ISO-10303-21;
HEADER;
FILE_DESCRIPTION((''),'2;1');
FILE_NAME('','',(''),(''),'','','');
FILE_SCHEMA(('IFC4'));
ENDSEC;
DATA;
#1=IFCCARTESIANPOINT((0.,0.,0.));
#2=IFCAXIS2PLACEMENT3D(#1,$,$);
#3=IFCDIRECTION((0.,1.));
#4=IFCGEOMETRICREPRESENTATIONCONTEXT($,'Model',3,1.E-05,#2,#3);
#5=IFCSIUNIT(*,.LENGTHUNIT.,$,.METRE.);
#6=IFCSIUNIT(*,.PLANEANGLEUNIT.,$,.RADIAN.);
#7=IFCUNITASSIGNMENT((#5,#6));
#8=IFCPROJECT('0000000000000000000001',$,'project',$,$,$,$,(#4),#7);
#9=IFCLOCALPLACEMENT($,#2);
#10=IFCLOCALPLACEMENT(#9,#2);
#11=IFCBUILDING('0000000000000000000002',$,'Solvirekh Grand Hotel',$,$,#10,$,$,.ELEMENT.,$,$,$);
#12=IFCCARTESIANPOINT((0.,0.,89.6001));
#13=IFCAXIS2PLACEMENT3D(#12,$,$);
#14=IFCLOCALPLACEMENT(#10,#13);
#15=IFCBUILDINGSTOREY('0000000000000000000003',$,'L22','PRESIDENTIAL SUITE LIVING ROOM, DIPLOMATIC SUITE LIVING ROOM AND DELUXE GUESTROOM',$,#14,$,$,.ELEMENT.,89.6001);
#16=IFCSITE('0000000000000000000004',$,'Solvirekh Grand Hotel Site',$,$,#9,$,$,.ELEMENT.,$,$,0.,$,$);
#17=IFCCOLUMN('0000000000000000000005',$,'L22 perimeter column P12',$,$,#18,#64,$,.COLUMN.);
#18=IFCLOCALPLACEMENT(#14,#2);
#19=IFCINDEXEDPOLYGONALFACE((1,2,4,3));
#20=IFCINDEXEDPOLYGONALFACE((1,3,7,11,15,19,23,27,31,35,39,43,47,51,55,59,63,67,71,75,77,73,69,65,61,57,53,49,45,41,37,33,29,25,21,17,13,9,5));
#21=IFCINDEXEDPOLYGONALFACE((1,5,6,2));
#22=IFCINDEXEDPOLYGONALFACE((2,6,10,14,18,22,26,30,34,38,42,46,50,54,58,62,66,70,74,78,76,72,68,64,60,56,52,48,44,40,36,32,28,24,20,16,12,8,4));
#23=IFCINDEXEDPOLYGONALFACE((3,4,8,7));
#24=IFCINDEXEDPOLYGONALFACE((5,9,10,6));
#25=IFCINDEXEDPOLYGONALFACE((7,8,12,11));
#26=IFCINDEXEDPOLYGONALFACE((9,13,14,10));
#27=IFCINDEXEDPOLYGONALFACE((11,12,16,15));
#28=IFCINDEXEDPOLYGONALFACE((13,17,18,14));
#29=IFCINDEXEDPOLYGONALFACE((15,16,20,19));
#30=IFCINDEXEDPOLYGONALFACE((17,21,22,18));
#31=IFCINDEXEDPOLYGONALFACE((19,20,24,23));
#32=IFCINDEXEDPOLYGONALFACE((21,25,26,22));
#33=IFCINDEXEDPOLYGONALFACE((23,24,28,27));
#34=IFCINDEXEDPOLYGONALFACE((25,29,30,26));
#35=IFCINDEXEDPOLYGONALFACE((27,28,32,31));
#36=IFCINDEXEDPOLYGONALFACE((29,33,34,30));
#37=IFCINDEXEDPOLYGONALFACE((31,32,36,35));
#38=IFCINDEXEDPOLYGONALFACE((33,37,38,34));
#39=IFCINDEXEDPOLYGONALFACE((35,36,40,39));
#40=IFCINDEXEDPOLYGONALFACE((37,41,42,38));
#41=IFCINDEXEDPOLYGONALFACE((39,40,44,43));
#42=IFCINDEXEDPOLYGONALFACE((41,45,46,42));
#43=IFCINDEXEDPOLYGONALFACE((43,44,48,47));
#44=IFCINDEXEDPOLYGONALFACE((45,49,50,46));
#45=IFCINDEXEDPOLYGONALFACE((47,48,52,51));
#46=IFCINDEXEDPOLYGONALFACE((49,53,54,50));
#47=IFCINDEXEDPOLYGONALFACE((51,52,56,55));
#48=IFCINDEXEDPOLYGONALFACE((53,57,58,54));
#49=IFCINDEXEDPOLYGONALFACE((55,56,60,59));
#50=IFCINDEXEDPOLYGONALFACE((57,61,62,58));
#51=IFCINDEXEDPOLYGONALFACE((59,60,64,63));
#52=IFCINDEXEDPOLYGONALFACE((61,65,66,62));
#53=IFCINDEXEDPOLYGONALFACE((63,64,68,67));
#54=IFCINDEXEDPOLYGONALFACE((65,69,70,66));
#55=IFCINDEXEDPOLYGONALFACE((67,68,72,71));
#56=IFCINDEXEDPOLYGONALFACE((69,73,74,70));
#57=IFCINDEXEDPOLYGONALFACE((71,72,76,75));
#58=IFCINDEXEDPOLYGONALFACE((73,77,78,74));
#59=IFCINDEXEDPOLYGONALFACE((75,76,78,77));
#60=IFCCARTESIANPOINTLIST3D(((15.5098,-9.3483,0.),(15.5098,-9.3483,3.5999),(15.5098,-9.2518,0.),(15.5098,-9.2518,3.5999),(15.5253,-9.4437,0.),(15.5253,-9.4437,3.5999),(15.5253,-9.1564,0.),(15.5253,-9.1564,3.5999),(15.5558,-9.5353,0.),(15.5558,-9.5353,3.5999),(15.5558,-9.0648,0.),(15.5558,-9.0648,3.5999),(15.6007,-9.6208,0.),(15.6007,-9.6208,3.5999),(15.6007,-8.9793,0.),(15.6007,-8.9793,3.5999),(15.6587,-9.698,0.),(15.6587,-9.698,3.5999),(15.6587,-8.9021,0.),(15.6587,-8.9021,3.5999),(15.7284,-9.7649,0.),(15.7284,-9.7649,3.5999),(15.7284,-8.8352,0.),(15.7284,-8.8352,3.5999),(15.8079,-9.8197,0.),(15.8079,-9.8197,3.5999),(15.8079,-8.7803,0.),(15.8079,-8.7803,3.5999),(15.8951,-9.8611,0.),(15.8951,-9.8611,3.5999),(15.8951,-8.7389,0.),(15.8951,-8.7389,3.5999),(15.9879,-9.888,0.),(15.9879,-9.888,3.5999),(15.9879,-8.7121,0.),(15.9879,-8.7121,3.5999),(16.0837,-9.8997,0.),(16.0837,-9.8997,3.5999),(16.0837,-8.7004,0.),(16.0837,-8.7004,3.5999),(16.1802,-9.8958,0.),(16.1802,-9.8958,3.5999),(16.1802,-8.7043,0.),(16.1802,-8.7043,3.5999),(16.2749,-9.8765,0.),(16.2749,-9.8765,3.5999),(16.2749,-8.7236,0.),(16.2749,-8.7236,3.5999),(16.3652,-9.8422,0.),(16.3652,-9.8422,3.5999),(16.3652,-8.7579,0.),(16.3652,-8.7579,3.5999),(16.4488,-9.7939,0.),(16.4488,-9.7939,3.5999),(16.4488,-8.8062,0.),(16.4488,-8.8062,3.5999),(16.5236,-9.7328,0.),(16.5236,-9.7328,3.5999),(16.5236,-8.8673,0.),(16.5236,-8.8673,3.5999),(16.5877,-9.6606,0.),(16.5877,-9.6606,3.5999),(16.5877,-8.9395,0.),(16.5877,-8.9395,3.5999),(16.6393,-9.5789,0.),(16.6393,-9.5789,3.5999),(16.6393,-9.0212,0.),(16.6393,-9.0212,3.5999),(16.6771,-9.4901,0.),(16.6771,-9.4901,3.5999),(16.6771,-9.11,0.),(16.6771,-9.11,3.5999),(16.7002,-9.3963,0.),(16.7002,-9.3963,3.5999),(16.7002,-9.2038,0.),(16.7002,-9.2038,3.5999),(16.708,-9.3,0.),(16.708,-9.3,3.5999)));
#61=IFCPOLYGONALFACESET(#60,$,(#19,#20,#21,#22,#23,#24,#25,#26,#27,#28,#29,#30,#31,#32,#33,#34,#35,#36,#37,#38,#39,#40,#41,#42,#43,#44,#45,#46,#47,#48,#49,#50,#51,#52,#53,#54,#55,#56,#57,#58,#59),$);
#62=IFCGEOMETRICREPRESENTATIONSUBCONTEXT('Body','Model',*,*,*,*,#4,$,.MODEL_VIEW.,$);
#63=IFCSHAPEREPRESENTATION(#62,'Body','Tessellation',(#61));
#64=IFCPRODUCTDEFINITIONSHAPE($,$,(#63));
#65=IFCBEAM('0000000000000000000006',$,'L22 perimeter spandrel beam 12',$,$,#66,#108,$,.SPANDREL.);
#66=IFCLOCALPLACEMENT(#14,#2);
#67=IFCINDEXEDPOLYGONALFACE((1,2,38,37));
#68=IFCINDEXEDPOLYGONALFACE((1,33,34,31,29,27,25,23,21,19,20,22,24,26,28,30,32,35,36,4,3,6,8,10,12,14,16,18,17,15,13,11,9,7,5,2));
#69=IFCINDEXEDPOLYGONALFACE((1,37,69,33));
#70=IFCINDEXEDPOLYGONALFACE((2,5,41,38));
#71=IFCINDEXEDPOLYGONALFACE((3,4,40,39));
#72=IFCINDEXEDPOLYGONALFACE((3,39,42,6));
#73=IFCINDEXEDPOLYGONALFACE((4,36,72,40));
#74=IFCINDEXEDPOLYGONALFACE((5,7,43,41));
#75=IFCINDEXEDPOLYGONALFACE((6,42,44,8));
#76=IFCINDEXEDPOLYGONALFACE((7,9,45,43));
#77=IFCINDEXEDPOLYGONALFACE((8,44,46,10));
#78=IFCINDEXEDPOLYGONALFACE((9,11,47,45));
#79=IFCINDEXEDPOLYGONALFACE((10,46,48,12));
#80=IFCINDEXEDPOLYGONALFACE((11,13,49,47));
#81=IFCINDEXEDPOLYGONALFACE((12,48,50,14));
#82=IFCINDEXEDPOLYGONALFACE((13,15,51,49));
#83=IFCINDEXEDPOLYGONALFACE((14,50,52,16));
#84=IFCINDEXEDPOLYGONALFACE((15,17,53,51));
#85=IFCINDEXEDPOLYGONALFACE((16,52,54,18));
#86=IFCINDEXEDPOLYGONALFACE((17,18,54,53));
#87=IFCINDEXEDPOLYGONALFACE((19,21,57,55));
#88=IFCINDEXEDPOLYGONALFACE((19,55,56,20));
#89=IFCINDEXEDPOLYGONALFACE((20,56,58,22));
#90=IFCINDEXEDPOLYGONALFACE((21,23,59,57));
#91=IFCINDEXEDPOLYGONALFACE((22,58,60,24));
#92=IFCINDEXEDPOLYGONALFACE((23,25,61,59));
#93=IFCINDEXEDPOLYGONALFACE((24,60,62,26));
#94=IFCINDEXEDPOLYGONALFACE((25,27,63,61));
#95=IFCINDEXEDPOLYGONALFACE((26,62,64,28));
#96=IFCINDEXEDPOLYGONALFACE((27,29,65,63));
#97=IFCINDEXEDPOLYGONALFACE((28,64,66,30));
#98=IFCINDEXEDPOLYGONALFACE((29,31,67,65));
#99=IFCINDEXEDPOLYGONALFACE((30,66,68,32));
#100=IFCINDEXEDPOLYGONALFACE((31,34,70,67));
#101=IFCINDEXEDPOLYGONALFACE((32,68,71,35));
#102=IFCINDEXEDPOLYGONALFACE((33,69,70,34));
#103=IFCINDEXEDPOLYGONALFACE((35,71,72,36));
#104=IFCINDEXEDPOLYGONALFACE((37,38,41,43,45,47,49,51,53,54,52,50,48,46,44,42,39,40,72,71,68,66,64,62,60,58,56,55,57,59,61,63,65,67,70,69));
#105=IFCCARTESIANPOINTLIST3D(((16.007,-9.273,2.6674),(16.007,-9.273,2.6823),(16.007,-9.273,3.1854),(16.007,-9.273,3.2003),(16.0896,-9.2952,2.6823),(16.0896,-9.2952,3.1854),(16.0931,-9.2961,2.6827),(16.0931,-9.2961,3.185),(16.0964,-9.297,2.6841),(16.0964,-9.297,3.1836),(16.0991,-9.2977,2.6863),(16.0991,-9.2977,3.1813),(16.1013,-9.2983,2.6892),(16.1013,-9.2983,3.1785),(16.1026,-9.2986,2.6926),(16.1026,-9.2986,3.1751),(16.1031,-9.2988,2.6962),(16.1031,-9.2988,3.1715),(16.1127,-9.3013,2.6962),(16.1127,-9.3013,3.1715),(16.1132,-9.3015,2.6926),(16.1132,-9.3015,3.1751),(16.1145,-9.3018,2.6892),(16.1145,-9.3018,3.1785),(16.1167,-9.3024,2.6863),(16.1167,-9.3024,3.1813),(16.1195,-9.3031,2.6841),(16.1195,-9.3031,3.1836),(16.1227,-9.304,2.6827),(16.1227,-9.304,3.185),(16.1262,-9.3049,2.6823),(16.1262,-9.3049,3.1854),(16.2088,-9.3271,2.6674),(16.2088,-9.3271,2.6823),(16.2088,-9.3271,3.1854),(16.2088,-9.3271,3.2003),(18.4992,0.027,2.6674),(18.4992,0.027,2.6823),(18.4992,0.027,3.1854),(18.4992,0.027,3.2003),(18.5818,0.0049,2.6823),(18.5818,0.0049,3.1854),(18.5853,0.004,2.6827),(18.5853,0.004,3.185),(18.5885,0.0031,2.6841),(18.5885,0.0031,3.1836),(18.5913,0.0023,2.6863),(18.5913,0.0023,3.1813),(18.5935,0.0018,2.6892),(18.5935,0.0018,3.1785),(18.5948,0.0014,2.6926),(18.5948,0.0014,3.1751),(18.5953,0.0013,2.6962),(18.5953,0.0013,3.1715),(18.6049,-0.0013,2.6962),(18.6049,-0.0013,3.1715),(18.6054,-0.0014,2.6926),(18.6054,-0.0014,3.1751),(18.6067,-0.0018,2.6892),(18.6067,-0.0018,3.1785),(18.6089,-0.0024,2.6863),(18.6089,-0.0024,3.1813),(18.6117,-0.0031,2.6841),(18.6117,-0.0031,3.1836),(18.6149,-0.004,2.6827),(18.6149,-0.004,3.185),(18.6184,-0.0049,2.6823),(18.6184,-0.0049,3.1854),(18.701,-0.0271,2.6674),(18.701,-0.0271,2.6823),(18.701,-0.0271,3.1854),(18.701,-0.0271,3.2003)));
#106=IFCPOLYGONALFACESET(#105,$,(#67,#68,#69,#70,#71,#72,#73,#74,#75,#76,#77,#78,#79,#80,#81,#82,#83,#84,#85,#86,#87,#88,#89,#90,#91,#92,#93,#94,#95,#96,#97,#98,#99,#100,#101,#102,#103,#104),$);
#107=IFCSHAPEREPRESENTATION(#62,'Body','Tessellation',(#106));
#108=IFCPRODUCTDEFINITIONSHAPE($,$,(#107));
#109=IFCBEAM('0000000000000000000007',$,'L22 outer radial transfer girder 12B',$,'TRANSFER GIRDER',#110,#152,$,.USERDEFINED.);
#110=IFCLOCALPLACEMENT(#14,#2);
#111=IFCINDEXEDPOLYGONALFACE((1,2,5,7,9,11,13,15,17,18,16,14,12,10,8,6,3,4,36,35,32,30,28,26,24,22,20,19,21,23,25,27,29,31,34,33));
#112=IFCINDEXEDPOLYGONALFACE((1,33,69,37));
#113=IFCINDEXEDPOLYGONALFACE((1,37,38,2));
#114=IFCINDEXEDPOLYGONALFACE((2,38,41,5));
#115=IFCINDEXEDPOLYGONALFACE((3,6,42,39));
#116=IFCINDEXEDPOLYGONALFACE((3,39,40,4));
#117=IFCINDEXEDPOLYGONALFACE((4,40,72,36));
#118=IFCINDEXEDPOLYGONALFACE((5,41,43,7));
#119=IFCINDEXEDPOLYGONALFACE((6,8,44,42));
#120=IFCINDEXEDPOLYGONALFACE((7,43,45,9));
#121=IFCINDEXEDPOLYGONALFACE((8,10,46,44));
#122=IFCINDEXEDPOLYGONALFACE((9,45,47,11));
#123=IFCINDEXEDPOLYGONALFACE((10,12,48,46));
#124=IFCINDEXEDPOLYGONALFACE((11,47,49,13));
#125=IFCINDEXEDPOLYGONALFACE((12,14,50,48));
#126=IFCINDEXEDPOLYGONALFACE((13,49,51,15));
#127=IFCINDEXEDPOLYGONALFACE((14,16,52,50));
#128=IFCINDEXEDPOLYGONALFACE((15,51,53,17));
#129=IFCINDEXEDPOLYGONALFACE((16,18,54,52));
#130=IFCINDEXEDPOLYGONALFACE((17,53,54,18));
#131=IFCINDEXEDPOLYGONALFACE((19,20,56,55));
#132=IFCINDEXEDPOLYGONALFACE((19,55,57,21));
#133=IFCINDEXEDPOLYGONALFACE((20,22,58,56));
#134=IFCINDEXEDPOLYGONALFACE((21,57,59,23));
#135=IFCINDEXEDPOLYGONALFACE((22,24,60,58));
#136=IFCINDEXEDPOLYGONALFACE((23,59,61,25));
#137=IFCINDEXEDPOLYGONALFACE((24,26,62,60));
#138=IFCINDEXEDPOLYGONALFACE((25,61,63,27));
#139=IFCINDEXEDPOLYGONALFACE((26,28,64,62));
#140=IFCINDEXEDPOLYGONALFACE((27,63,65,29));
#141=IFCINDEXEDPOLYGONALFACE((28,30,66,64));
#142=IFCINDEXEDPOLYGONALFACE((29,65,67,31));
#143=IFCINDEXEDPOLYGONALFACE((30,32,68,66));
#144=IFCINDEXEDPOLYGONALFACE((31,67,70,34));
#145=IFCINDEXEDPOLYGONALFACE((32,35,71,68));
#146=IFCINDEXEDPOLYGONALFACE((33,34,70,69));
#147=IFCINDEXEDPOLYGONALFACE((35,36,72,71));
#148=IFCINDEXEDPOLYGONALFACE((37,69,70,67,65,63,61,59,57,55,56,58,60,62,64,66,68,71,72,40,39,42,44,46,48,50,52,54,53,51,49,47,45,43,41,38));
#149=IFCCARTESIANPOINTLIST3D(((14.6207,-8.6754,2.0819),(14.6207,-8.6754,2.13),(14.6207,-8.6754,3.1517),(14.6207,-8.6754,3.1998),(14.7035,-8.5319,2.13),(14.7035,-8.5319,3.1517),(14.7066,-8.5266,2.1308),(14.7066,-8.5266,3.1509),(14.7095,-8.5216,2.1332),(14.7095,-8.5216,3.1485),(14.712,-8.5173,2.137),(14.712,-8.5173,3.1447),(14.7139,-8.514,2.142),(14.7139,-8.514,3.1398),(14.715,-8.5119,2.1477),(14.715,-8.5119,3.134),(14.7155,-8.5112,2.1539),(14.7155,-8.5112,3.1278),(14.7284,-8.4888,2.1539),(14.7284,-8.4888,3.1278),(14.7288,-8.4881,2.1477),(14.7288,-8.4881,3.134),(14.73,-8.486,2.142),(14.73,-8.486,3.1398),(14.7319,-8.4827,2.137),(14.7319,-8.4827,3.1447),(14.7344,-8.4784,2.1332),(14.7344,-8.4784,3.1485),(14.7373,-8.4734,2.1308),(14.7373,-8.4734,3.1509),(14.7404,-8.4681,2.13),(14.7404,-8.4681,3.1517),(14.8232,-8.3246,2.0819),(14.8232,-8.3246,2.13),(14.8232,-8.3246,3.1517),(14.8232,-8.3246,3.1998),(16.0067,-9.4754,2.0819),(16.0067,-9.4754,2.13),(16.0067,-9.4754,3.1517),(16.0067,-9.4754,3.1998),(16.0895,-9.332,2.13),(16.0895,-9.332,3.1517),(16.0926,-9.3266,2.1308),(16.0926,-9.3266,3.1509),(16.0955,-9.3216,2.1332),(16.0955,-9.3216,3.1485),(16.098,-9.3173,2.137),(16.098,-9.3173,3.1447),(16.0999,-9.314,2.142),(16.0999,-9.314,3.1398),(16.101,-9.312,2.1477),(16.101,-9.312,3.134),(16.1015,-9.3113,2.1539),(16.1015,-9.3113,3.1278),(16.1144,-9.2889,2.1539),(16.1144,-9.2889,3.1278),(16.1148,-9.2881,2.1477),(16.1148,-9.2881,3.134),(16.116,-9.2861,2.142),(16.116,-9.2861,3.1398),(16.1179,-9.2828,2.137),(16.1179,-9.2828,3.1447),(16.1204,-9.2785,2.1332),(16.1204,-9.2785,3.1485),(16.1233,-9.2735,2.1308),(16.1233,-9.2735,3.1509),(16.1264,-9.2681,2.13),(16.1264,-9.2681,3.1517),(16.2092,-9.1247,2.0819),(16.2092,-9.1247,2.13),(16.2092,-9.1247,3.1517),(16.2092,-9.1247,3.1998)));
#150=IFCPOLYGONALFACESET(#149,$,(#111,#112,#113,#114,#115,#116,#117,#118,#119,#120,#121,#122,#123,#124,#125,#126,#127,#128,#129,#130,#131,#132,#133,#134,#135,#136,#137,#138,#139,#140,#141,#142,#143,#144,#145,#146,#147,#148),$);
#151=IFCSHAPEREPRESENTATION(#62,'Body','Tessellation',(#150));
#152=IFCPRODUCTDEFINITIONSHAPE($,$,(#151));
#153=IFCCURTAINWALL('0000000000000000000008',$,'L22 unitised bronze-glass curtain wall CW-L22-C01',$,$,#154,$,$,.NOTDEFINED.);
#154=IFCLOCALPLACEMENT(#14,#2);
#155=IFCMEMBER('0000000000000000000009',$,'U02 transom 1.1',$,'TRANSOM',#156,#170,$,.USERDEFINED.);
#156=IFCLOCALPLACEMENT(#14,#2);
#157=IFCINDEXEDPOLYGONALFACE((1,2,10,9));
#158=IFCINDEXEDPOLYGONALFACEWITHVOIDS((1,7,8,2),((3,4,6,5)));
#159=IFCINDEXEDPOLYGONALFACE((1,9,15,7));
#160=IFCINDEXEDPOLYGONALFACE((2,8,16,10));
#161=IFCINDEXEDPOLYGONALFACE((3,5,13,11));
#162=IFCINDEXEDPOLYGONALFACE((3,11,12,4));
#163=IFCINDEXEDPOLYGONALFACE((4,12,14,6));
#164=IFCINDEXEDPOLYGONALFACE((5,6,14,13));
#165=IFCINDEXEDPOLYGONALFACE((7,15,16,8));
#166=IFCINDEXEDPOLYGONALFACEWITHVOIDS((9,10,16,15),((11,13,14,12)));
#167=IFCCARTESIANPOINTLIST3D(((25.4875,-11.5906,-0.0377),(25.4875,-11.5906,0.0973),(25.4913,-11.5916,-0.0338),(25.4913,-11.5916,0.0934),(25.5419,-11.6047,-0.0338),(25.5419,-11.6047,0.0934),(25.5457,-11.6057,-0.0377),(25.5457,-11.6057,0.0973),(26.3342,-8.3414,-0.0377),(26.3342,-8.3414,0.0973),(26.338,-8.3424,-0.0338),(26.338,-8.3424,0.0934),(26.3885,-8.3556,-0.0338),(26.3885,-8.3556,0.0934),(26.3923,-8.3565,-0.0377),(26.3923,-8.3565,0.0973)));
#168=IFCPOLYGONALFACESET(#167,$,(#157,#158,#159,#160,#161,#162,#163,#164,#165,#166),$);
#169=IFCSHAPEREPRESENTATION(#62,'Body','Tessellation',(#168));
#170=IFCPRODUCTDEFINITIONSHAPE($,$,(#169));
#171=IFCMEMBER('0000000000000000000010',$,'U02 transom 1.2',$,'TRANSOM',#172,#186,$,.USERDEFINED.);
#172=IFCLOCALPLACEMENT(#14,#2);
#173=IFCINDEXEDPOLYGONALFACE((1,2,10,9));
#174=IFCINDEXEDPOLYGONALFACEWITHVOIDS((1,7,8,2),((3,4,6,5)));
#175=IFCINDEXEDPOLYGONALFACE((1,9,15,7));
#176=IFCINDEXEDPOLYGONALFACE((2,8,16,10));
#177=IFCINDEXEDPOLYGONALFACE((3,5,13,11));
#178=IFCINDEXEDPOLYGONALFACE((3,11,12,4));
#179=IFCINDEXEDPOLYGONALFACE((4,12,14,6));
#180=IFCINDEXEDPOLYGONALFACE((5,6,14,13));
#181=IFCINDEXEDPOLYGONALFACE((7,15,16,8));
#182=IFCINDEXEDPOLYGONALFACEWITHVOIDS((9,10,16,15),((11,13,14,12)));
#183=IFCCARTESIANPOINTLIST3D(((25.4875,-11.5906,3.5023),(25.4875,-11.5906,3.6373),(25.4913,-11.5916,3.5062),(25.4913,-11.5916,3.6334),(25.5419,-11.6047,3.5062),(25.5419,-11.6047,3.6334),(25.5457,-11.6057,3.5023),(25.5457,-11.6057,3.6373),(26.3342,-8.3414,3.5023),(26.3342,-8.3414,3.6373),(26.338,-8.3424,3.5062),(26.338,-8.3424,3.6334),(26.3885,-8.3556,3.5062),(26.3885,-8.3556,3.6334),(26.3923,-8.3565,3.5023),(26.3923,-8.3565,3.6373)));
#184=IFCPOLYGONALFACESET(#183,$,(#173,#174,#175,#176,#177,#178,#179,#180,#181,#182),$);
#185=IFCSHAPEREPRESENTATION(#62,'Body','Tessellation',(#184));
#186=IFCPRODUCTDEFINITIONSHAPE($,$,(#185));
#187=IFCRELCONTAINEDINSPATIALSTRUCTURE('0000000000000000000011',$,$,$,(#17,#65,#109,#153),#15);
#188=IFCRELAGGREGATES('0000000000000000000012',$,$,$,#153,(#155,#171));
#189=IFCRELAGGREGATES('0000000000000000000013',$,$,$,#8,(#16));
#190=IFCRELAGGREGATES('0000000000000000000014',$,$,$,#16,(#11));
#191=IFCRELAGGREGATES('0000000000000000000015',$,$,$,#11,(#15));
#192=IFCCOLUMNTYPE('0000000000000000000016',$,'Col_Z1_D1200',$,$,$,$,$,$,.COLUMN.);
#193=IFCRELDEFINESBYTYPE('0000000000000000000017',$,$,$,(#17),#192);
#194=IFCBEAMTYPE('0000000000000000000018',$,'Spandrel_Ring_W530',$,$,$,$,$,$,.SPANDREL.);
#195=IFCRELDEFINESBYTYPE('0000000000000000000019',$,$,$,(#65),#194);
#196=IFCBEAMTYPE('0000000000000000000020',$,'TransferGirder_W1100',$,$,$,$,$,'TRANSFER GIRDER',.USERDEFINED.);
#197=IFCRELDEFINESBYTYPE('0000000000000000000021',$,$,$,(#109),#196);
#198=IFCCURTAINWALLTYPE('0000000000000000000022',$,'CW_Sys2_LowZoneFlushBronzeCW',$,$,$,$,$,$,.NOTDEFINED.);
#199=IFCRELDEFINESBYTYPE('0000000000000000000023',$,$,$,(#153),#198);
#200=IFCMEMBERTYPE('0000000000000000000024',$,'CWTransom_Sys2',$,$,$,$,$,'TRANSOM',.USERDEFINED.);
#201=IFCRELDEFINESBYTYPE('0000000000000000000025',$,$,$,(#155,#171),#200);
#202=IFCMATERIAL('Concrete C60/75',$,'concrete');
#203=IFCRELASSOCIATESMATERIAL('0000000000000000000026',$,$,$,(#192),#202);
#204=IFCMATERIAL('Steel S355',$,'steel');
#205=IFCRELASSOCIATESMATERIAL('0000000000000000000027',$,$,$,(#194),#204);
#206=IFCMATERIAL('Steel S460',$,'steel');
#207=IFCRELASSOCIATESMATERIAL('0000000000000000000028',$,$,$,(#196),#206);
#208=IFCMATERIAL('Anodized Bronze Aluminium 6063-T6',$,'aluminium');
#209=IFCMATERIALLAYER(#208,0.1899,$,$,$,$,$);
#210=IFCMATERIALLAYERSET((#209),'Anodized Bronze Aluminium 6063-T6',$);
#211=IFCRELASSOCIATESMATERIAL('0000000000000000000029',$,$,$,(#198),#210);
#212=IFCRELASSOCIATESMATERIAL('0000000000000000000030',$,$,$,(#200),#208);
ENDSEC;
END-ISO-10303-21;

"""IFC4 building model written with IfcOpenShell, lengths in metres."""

from ifc_helpers import new_model, si_unit, direction, frame, origin, origin_2d, place, context, subcontext, project, spatial, hollow_rectangle, circle, i_section, extrude, source, transform, mapped, material, layer, layer_set, material_profile, profile_set, type_object, element, aggregate, save


model = new_model("IFC4")

# Units and contexts
model_context = context("Model", 3, precision=1e-05, world=origin(), true_north=direction((0.0, 1.0)))
body_context = subcontext(model_context, "Body", "Model", "MODEL_VIEW")
ifc_project = project(units=[si_unit("LENGTHUNIT", "METRE"), si_unit("PLANEANGLEUNIT", "RADIAN")], contexts=[model_context])

# Site, building, storey
site_placement = place(None, origin())
site = spatial("IfcSite", under=ifc_project, at=site_placement, Name="Solvirekh Grand Hotel Site", CompositionType="ELEMENT", RefElevation=0.0)
building_placement = place(site_placement, origin())
building = spatial("IfcBuilding", under=site, at=building_placement, Name="Solvirekh Grand Hotel", CompositionType="ELEMENT")
storey_placement = place(building_placement, frame((0.0, 0.0, 89.6001)))
storey = spatial("IfcBuildingStorey", under=building, at=storey_placement, Name="L22", Description="PRESIDENTIAL SUITE LIVING ROOM, DIPLOMATIC SUITE LIVING ROOM AND DELUXE GUESTROOM", CompositionType="ELEMENT", Elevation=89.6001)

# Column
ifc_material_1 = material(Name="Concrete C60/75", Category="concrete")
ifc_material_profile_1 = material_profile(ifc_material_1, circle(Radius=0.6001, at=origin_2d()), Name="RC CIRC D1200")
ifc_profile_set_1 = profile_set([ifc_material_profile_1], Name="Concrete C60/75")
column_type = type_object("IfcColumnType", Name="Col_Z1_D1200", PredefinedType="COLUMN", material=ifc_profile_set_1)
column_placement = place(storey_placement, frame((16.1079, -9.3, 0.0), z_axis=(0.0, 0.0, 1.0), x_axis=(1.0, 0.0, 0.0)))
element("IfcColumn", 1, at=column_placement, inside=storey, type_object=column_type, Name="L22 perimeter column P12", PredefinedType="COLUMN", context=body_context, shape_type="SweptSolid", body=[
    extrude(circle(Radius=0.6001, at=origin_2d()), origin(), (0.0, 0.0, 1.0), 3.5999),
])

# Beams
ifc_material_2 = material(Name="Steel S355", Category="steel")
ifc_material_profile_2 = material_profile(ifc_material_2, i_section(OverallWidth=0.209, OverallDepth=0.533, WebThickness=0.01, FlangeThickness=0.0149, FilletRadius=0.0139, at=origin_2d()), Name="W530X92")
ifc_profile_set_2 = profile_set([ifc_material_profile_2], Name="Steel S355")
beam_type_1 = type_object("IfcBeamType", Name="Spandrel_Ring_W530", PredefinedType="SPANDREL", material=ifc_profile_set_2)
beam_1_placement = place(storey_placement, frame((16.1079, -9.3, 2.9338), z_axis=(0.258843, 0.965919, 0.0), x_axis=(-0.965919, 0.258843, 0.0)))
element("IfcBeam", 2, at=beam_1_placement, inside=storey, type_object=beam_type_1, Name="L22 perimeter spandrel beam 12", PredefinedType="SPANDREL", context=body_context, shape_type="SweptSolid", body=[
    extrude(i_section(OverallWidth=0.209, OverallDepth=0.533, WebThickness=0.01, FlangeThickness=0.0149, FilletRadius=0.0139, at=origin_2d()), origin(), (0.0, 0.0, 1.0), 9.6282),
])
ifc_material_3 = material(Name="Steel S460", Category="steel")
ifc_material_profile_3 = material_profile(ifc_material_3, i_section(OverallWidth=0.405, OverallDepth=1.1179, WebThickness=0.0259, FlangeThickness=0.0481, FilletRadius=0.0239, at=origin_2d()), Name="W1100X499")
ifc_profile_set_3 = profile_set([ifc_material_profile_3], Name="Steel S460")
beam_type_2 = type_object("IfcBeamType", Name="TransferGirder_W1100", ElementType="TRANSFER GIRDER", PredefinedType="USERDEFINED", material=ifc_profile_set_3)
beam_2_placement = place(storey_placement, frame((14.7219, -8.5, 2.6409), z_axis=(0.866066, -0.499929, 0.0), x_axis=(0.499929, 0.866066, 0.0)))
element("IfcBeam", 3, at=beam_2_placement, inside=storey, type_object=beam_type_2, Name="L22 outer radial transfer girder 12B", ObjectType="TRANSFER GIRDER", PredefinedType="USERDEFINED", context=body_context, shape_type="SweptSolid", body=[
    extrude(i_section(OverallWidth=0.405, OverallDepth=1.1179, WebThickness=0.0259, FlangeThickness=0.0481, FilletRadius=0.0239, at=origin_2d()), origin(), (0.0, 0.0, 1.0), 1.6003),
])

# Curtain wall, members
ifc_material_4 = material(Name="Anodized Bronze Aluminium 6063-T6", Category="aluminium")
ifc_layer_1 = layer(ifc_material_4, 0.1899)
ifc_layer_set_1 = layer_set([ifc_layer_1], Name="Anodized Bronze Aluminium 6063-T6")
curtain_wall_type = type_object("IfcCurtainWallType", Name="CW_Sys2_LowZoneFlushBronzeCW", PredefinedType="NOTDEFINED", material=ifc_layer_set_1)
curtain_wall_placement = place(storey_placement, origin())
curtain_wall = element("IfcCurtainWall", 4, at=curtain_wall_placement, inside=storey, type_object=curtain_wall_type, Name="L22 unitised bronze-glass curtain wall CW-L22-C01", PredefinedType="NOTDEFINED")
ifc_material_profile_4 = material_profile(ifc_material_4, hollow_rectangle(XDim=0.0601, YDim=0.135, WallThickness=0.0039, at=origin_2d()), Name="ALU RHS 135X60X4")
ifc_profile_set_4 = profile_set([ifc_material_profile_4], Name="Anodized Bronze Aluminium 6063-T6")
member_type_1 = type_object("IfcMemberType", Name="CWTransom_Sys2", ElementType="TRANSOM", PredefinedType="USERDEFINED", material=ifc_profile_set_4)
shared_shape_1 = source(origin(), body_context, "Body", "SweptSolid", [
    extrude(hollow_rectangle(XDim=0.0601, YDim=0.135, WallThickness=0.0039, at=origin_2d()), origin(), (0.0, 0.0, 1.0), 3.3577),
])
member_1_placement = place(storey_placement, frame((25.5166, -11.5981, 0.0298), z_axis=(0.252156, 0.967687, 0.0), x_axis=(-0.967687, 0.252156, 0.0)))
member_1 = element("IfcMember", 5, at=member_1_placement, type_object=member_type_1, Name="U02 transom 1.1", ObjectType="TRANSOM", PredefinedType="USERDEFINED", context=body_context, shape_type="MappedRepresentation", body=[
    mapped(shared_shape_1, transform((0.0, 0.0, 0.0), x_axis=(1.0, 0.0, 0.0), y_axis=(0.0, 1.0, 0.0), z_axis=(0.0, 0.0, 1.0), scale=1.0)),
])
member_2_placement = place(storey_placement, frame((25.5166, -11.5981, 3.5698), z_axis=(0.252156, 0.967687, 0.0), x_axis=(-0.967687, 0.252156, 0.0)))
member_2 = element("IfcMember", 6, at=member_2_placement, type_object=member_type_1, Name="U02 transom 1.2", ObjectType="TRANSOM", PredefinedType="USERDEFINED", context=body_context, shape_type="MappedRepresentation", body=[
    mapped(shared_shape_1, transform((0.0, 0.0, 0.0), x_axis=(1.0, 0.0, 0.0), y_axis=(0.0, 1.0, 0.0), z_axis=(0.0, 0.0, 1.0), scale=1.0)),
])
aggregate(curtain_wall, [member_1, member_2])

save(model, "model.ifc")
